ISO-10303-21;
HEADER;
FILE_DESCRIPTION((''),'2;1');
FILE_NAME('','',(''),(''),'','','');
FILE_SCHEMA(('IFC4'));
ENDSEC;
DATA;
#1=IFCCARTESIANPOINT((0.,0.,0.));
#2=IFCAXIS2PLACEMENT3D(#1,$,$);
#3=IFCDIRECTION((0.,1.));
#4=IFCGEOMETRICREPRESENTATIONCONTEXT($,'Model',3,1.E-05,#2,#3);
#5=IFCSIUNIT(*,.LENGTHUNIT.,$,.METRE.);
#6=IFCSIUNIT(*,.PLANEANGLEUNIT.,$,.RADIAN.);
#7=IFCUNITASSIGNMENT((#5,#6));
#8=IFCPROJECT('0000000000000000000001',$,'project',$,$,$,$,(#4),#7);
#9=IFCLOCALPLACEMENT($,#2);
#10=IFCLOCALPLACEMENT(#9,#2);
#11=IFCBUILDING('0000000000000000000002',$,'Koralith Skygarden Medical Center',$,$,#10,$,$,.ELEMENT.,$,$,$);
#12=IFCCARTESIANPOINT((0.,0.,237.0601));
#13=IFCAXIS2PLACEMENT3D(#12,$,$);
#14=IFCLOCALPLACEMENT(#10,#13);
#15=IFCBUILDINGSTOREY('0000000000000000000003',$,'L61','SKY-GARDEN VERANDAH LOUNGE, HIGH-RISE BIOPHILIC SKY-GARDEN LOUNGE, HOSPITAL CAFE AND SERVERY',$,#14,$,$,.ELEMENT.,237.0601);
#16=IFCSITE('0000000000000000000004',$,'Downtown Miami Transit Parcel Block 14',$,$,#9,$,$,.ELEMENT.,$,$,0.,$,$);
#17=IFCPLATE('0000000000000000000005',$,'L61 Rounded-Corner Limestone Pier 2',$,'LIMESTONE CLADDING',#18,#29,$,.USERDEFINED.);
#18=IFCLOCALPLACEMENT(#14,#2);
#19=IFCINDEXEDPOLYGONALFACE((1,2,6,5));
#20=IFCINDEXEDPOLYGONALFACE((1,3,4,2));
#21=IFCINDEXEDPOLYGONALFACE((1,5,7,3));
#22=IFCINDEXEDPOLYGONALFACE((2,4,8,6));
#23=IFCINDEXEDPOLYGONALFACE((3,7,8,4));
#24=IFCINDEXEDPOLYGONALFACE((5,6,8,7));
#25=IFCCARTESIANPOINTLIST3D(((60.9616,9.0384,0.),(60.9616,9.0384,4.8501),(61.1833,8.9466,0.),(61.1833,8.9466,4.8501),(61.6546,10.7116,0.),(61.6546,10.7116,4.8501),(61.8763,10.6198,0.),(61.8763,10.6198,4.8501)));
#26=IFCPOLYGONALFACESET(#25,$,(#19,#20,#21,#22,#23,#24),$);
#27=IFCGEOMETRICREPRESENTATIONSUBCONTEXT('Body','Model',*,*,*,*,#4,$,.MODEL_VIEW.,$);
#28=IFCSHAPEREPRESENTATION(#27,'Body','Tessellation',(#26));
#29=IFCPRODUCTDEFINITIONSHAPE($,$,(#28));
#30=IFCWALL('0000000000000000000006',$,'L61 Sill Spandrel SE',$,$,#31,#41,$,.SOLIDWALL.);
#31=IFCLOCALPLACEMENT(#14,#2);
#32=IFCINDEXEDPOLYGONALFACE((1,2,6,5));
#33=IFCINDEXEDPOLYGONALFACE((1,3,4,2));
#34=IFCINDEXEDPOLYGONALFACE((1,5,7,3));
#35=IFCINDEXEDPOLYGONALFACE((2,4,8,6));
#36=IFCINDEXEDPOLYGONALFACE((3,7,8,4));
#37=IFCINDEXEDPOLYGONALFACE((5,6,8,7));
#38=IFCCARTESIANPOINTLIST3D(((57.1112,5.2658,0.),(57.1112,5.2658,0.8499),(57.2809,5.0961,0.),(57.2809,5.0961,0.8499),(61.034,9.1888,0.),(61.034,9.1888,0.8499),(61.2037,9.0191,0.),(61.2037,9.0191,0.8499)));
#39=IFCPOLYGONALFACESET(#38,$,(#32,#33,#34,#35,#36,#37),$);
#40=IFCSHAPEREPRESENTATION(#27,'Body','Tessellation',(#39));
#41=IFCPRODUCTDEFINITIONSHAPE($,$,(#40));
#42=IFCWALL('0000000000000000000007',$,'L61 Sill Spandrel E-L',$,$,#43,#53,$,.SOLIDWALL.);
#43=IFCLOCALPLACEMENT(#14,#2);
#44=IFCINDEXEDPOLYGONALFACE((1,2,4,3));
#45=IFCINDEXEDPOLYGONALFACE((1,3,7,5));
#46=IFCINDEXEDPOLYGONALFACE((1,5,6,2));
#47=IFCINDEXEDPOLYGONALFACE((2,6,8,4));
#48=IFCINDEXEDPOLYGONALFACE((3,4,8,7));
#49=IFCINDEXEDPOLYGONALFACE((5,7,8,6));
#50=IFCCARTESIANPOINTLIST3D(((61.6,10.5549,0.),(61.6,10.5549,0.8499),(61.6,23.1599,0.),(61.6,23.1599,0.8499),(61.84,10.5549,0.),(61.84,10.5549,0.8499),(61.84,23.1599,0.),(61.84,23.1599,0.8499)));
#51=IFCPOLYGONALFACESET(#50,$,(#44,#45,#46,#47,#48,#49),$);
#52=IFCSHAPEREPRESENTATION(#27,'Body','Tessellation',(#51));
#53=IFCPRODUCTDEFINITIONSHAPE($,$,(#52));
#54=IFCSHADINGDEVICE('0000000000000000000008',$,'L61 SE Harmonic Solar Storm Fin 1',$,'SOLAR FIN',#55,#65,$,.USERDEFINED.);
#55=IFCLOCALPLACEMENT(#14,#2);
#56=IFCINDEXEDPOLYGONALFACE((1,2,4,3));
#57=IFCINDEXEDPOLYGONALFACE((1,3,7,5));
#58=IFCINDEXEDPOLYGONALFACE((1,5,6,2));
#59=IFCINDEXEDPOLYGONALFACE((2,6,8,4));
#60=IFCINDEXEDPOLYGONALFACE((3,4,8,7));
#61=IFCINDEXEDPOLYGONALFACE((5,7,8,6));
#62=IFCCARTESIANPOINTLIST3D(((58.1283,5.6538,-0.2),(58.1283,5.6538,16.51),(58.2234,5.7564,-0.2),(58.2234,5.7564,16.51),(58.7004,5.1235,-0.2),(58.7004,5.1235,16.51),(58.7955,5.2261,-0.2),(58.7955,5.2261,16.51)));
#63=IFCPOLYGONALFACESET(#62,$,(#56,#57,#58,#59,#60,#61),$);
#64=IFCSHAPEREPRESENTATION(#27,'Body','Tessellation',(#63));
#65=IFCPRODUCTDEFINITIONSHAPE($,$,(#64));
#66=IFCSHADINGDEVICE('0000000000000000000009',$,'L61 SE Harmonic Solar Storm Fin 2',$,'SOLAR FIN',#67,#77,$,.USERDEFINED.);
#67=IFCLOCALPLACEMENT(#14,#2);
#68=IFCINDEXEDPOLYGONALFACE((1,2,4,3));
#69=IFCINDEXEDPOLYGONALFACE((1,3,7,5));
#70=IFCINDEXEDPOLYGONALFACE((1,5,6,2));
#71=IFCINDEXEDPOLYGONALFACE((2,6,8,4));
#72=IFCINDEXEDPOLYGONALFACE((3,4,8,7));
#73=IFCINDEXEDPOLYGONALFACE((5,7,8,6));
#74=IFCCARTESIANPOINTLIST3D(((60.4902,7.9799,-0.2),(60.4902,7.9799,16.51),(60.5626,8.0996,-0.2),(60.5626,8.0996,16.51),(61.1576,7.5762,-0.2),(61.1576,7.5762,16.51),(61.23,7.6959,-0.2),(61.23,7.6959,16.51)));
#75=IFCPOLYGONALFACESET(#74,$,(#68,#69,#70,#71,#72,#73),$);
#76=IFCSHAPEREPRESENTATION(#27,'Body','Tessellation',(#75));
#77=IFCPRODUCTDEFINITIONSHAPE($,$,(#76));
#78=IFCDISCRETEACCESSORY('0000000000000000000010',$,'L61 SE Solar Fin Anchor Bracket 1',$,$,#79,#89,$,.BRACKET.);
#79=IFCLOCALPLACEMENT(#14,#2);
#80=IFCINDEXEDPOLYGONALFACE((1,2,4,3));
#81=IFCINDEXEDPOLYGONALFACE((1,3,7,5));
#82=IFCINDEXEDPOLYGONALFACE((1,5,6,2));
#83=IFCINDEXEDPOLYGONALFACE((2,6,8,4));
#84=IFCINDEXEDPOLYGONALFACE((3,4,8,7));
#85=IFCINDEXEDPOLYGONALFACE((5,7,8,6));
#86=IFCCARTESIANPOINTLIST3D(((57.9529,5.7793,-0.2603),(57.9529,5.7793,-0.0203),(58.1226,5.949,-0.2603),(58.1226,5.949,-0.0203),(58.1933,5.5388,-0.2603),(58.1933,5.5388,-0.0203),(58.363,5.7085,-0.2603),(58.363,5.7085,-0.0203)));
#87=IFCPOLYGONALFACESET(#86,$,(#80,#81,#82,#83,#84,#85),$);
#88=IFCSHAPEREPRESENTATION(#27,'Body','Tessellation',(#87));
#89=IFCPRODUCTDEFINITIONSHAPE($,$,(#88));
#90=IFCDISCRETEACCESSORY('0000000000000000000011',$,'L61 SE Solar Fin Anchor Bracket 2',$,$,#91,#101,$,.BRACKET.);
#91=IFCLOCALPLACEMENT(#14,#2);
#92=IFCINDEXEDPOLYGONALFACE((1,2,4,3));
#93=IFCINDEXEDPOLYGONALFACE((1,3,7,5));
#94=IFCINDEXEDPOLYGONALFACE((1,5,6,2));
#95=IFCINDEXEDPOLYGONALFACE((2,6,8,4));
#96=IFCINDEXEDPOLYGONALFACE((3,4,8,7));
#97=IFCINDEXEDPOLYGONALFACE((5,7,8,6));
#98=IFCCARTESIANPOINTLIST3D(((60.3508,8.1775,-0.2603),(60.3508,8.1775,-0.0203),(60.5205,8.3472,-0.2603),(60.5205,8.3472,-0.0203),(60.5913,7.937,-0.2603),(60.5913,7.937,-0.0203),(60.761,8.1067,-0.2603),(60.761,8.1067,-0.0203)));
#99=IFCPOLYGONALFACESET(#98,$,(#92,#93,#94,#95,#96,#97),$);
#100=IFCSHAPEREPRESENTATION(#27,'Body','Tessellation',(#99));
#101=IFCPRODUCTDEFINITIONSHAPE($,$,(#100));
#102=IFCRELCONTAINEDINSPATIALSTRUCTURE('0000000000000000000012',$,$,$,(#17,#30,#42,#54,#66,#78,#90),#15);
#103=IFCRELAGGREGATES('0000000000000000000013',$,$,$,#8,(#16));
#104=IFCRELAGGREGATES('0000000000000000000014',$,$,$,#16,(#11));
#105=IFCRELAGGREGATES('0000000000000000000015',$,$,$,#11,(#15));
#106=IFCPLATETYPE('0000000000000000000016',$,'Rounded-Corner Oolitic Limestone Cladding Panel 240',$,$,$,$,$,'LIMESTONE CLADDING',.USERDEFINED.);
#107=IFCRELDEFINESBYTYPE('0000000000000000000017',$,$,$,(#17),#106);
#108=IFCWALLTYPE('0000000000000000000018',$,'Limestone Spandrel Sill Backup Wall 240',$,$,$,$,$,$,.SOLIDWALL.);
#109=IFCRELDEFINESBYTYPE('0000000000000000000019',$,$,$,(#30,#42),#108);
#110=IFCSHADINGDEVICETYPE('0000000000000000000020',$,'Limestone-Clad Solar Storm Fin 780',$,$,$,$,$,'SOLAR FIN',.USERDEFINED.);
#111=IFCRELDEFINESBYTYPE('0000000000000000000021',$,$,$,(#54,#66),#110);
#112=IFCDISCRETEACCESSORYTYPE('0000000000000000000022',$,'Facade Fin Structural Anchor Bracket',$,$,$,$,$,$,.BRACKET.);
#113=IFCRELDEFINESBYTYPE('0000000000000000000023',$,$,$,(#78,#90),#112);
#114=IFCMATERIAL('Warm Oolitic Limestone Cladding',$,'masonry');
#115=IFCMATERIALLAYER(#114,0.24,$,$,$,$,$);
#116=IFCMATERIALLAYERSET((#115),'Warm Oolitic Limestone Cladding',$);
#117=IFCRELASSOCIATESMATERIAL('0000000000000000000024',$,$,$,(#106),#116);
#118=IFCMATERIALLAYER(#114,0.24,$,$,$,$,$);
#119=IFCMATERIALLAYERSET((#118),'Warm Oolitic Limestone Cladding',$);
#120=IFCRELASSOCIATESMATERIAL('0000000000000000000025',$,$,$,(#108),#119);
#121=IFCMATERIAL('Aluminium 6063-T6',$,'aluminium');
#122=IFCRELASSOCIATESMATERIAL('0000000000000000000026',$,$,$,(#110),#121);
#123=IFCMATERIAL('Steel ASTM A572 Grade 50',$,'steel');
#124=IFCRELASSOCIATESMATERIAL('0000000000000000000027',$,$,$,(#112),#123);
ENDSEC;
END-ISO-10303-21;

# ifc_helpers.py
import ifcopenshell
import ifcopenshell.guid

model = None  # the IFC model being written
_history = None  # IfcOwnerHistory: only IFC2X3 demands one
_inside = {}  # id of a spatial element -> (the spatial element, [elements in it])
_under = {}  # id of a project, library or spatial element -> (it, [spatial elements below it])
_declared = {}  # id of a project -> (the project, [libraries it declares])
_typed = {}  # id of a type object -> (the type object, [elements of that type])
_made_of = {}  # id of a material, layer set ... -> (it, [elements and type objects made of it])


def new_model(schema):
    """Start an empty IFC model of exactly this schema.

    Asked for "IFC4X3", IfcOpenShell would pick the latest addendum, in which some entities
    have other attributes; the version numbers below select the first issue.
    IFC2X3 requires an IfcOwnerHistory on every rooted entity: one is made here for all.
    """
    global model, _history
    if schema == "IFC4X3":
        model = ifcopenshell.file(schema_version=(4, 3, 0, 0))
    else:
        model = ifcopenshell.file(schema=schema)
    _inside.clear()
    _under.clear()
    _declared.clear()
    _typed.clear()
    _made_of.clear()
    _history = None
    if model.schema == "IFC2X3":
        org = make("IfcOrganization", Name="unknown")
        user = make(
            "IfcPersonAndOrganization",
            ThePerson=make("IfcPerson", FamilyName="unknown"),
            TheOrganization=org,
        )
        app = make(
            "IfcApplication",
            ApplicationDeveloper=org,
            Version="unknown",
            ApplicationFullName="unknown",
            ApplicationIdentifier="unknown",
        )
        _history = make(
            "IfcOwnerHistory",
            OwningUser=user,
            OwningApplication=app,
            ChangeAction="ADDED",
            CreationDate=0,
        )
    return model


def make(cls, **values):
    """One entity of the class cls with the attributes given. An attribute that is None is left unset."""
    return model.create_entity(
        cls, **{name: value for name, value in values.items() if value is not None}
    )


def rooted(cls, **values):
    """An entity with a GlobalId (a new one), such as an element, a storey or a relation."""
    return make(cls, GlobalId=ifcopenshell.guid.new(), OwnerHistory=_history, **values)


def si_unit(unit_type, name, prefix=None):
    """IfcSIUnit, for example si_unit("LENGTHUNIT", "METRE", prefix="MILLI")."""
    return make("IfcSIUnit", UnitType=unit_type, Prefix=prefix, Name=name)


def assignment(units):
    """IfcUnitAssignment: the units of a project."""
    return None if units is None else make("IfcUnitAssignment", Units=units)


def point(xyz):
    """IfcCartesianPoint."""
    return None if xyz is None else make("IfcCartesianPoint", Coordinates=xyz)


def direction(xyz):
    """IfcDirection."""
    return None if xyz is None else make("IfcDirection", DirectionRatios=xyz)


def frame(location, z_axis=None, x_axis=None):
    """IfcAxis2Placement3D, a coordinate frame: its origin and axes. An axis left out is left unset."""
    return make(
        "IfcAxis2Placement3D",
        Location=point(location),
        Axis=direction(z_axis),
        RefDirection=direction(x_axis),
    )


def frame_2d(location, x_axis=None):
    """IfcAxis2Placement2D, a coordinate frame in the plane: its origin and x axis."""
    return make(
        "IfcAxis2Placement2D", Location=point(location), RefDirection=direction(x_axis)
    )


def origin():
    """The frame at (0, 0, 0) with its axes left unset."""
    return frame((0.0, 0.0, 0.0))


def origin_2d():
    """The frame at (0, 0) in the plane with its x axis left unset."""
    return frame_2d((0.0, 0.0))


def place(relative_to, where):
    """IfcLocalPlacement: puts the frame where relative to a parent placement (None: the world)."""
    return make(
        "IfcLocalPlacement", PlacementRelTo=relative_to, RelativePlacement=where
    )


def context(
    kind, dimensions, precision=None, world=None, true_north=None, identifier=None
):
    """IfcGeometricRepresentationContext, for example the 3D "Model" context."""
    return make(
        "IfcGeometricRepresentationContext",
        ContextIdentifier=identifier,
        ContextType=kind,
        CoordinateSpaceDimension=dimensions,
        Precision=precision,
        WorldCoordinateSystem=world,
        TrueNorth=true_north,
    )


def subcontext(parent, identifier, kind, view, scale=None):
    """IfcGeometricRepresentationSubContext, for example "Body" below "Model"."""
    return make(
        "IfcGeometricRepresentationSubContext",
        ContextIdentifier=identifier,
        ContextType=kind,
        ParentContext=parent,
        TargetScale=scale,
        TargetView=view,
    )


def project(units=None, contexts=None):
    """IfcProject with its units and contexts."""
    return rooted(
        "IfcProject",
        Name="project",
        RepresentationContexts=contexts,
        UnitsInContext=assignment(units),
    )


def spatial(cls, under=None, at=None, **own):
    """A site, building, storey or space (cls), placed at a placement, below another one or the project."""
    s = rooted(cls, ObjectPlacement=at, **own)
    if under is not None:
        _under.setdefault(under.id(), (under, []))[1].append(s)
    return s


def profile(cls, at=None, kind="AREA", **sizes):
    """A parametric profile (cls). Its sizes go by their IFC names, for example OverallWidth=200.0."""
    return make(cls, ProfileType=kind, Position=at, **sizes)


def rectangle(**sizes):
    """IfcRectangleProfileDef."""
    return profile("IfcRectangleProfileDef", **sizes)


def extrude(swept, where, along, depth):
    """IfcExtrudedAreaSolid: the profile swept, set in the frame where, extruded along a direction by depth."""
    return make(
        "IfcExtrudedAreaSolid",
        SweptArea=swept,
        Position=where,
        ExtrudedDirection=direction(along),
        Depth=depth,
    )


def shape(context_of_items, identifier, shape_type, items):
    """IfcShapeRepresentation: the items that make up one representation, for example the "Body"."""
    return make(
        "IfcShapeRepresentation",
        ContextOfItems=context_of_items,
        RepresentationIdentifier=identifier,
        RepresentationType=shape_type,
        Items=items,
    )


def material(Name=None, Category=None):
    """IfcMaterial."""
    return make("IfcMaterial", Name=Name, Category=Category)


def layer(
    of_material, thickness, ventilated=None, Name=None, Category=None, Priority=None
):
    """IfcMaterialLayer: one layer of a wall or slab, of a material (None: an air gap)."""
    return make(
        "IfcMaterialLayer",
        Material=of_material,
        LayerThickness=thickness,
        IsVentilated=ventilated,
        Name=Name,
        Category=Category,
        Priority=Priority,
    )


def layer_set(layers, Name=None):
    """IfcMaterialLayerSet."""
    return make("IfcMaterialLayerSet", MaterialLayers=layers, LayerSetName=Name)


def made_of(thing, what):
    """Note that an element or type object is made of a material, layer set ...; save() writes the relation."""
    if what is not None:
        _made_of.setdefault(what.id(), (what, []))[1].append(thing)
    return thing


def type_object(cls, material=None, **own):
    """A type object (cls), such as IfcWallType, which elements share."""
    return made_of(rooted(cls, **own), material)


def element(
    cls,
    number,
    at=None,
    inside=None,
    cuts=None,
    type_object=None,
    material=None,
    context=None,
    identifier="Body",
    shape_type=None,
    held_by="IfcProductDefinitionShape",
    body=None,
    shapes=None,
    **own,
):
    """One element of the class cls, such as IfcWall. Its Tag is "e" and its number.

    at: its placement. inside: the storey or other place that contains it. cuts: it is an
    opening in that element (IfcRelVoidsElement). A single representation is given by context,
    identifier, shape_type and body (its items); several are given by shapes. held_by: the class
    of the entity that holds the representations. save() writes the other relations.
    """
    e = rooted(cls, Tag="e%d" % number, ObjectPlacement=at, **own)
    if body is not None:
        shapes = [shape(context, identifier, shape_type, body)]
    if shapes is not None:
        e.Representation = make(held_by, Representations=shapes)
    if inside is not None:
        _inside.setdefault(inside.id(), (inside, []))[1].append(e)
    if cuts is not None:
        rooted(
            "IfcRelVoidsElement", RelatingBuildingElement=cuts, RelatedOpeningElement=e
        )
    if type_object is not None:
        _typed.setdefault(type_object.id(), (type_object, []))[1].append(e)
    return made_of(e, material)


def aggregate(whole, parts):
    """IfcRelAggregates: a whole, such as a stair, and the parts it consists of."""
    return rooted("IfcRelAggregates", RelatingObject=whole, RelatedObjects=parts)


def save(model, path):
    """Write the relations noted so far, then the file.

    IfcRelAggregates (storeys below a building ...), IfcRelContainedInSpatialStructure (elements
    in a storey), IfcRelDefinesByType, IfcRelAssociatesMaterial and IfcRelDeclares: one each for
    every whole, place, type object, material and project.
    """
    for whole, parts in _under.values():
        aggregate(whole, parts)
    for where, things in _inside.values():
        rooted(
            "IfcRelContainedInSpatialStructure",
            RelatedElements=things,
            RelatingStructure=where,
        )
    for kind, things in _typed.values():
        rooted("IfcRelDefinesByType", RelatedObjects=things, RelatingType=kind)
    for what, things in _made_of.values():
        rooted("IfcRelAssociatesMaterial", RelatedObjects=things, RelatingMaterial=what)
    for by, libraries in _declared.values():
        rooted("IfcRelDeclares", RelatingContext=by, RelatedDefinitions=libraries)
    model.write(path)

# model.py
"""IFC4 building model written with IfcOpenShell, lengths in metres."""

from ifc_helpers import new_model, si_unit, direction, frame, frame_2d, origin, origin_2d, place, context, subcontext, project, spatial, rectangle, extrude, material, layer, layer_set, type_object, element, save


model = new_model("IFC4")

# Units and contexts
model_context = context("Model", 3, precision=1e-05, world=origin(), true_north=direction((0.0, 1.0)))
body_context = subcontext(model_context, "Body", "Model", "MODEL_VIEW")
ifc_project = project(units=[si_unit("LENGTHUNIT", "METRE"), si_unit("PLANEANGLEUNIT", "RADIAN")], contexts=[model_context])

# Site, building, storey
site_placement = place(None, origin())
site = spatial("IfcSite", under=ifc_project, at=site_placement, Name="Downtown Miami Transit Parcel Block 14", CompositionType="ELEMENT", RefElevation=0.0)
building_placement = place(site_placement, origin())
building = spatial("IfcBuilding", under=site, at=building_placement, Name="Koralith Skygarden Medical Center", CompositionType="ELEMENT")
storey_placement = place(building_placement, frame((0.0, 0.0, 237.0601)))
storey = spatial("IfcBuildingStorey", under=building, at=storey_placement, Name="L61", Description="SKY-GARDEN VERANDAH LOUNGE, HIGH-RISE BIOPHILIC SKY-GARDEN LOUNGE, HOSPITAL CAFE AND SERVERY", CompositionType="ELEMENT", Elevation=237.0601)

# Shared definitions
ifc_material_1 = material(Name="Aluminium 6063-T6", Category="aluminium")

# Plate
ifc_material_2 = material(Name="Warm Oolitic Limestone Cladding", Category="masonry")
ifc_layer_1 = layer(ifc_material_2, 0.24)
ifc_layer_set_1 = layer_set([ifc_layer_1], Name="Warm Oolitic Limestone Cladding")
plate_type_1 = type_object("IfcPlateType", Name="Rounded-Corner Oolitic Limestone Cladding Panel 240", ElementType="LIMESTONE CLADDING", PredefinedType="USERDEFINED", material=ifc_layer_set_1)
for number, where, z_axis, x_axis, name in (
    (1, (61.4189, 9.8291, 0.0), (0.0, 0.0, 1.0), (0.382671, 0.923885, 0.0), "L61 Rounded-Corner Limestone Pier 2"),
):
    element("IfcPlate", number, at=place(storey_placement, frame(where, z_axis=z_axis, x_axis=x_axis)), inside=storey, type_object=plate_type_1, Name=name, ObjectType="LIMESTONE CLADDING", PredefinedType="USERDEFINED", context=body_context, shape_type="SweptSolid", body=[
        extrude(rectangle(XDim=1.811, YDim=0.24, at=origin_2d()), origin(), (0.0, 0.0, 1.0), 4.8501),
    ])

# Walls
ifc_layer_2 = layer(ifc_material_2, 0.24)
ifc_layer_set_2 = layer_set([ifc_layer_2], Name="Warm Oolitic Limestone Cladding")
wall_type = type_object("IfcWallType", Name="Limestone Spandrel Sill Backup Wall 240", PredefinedType="SOLIDWALL", material=ifc_layer_set_2)
wall_1_placement = place(storey_placement, frame((57.196, 5.1809, 0.0), z_axis=(0.0, 0.0, 1.0), x_axis=(0.707085, 0.707129, 0.0)))
element("IfcWall", 2, at=wall_1_placement, inside=storey, type_object=wall_type, Name="L61 Sill Spandrel SE", PredefinedType="SOLIDWALL", context=body_context, shape_type="SweptSolid", body=[
    extrude(rectangle(XDim=5.5479, YDim=0.24, at=frame_2d((2.7739, 0.0))), origin(), (0.0, 0.0, 1.0), 0.8499),
])
wall_2_placement = place(storey_placement, frame((61.72, 10.5549, 0.0), z_axis=(0.0, 0.0, 1.0), x_axis=(0.0, 1.0, 0.0)))
element("IfcWall", 3, at=wall_2_placement, inside=storey, type_object=wall_type, Name="L61 Sill Spandrel E-L", PredefinedType="SOLIDWALL", context=body_context, shape_type="SweptSolid", body=[
    extrude(rectangle(XDim=12.605, YDim=0.24, at=frame_2d((6.3025, 0.0))), origin(), (0.0, 0.0, 1.0), 0.8499),
])

# Shading devices
shading_device_type = type_object("IfcShadingDeviceType", Name="Limestone-Clad Solar Storm Fin 780", ElementType="SOLAR FIN", PredefinedType="USERDEFINED", material=ifc_material_1)
for number, where, z_axis, x_axis, name in (
    (4, (58.4619, 5.4399, -0.2), (0.0, 0.0, 1.0), (0.73335, -0.679851, 0.0), "L61 SE Harmonic Solar Storm Fin 1"),
    (5, (60.8601, 7.8379, -0.2), (0.0, 0.0, 1.0), (0.855662, -0.517534, 0.0), "L61 SE Harmonic Solar Storm Fin 2"),
):
    element("IfcShadingDevice", number, at=place(storey_placement, frame(where, z_axis=z_axis, x_axis=x_axis)), inside=storey, type_object=shading_device_type, Name=name, ObjectType="SOLAR FIN", PredefinedType="USERDEFINED", context=body_context, shape_type="SweptSolid", body=[
        extrude(rectangle(XDim=0.78, YDim=0.1399, at=origin_2d()), origin(), (0.0, 0.0, 1.0), 16.71),
    ])

# Discrete accessories
ifc_material_3 = material(Name="Steel ASTM A572 Grade 50", Category="steel")
discrete_accessory_type = type_object("IfcDiscreteAccessoryType", Name="Facade Fin Structural Anchor Bracket", PredefinedType="BRACKET", material=ifc_material_3)
for number, where, z_axis, x_axis, name in (
    (6, (58.158, 5.7439, -0.2603), (0.0, 0.0, 1.0), (0.707107, -0.707107, 0.0), "L61 SE Solar Fin Anchor Bracket 1"),
    (7, (60.5559, 8.1421, -0.2603), (0.0, 0.0, 1.0), (0.707107, -0.707107, 0.0), "L61 SE Solar Fin Anchor Bracket 2"),
):
    element("IfcDiscreteAccessory", number, at=place(storey_placement, frame(where, z_axis=z_axis, x_axis=x_axis)), inside=storey, type_object=discrete_accessory_type, Name=name, PredefinedType="BRACKET", context=body_context, shape_type="SweptSolid", body=[
        extrude(rectangle(XDim=0.3401, YDim=0.24, at=origin_2d()), origin(), (0.0, 0.0, 1.0), 0.24),
    ])

save(model, "model.ifc")
